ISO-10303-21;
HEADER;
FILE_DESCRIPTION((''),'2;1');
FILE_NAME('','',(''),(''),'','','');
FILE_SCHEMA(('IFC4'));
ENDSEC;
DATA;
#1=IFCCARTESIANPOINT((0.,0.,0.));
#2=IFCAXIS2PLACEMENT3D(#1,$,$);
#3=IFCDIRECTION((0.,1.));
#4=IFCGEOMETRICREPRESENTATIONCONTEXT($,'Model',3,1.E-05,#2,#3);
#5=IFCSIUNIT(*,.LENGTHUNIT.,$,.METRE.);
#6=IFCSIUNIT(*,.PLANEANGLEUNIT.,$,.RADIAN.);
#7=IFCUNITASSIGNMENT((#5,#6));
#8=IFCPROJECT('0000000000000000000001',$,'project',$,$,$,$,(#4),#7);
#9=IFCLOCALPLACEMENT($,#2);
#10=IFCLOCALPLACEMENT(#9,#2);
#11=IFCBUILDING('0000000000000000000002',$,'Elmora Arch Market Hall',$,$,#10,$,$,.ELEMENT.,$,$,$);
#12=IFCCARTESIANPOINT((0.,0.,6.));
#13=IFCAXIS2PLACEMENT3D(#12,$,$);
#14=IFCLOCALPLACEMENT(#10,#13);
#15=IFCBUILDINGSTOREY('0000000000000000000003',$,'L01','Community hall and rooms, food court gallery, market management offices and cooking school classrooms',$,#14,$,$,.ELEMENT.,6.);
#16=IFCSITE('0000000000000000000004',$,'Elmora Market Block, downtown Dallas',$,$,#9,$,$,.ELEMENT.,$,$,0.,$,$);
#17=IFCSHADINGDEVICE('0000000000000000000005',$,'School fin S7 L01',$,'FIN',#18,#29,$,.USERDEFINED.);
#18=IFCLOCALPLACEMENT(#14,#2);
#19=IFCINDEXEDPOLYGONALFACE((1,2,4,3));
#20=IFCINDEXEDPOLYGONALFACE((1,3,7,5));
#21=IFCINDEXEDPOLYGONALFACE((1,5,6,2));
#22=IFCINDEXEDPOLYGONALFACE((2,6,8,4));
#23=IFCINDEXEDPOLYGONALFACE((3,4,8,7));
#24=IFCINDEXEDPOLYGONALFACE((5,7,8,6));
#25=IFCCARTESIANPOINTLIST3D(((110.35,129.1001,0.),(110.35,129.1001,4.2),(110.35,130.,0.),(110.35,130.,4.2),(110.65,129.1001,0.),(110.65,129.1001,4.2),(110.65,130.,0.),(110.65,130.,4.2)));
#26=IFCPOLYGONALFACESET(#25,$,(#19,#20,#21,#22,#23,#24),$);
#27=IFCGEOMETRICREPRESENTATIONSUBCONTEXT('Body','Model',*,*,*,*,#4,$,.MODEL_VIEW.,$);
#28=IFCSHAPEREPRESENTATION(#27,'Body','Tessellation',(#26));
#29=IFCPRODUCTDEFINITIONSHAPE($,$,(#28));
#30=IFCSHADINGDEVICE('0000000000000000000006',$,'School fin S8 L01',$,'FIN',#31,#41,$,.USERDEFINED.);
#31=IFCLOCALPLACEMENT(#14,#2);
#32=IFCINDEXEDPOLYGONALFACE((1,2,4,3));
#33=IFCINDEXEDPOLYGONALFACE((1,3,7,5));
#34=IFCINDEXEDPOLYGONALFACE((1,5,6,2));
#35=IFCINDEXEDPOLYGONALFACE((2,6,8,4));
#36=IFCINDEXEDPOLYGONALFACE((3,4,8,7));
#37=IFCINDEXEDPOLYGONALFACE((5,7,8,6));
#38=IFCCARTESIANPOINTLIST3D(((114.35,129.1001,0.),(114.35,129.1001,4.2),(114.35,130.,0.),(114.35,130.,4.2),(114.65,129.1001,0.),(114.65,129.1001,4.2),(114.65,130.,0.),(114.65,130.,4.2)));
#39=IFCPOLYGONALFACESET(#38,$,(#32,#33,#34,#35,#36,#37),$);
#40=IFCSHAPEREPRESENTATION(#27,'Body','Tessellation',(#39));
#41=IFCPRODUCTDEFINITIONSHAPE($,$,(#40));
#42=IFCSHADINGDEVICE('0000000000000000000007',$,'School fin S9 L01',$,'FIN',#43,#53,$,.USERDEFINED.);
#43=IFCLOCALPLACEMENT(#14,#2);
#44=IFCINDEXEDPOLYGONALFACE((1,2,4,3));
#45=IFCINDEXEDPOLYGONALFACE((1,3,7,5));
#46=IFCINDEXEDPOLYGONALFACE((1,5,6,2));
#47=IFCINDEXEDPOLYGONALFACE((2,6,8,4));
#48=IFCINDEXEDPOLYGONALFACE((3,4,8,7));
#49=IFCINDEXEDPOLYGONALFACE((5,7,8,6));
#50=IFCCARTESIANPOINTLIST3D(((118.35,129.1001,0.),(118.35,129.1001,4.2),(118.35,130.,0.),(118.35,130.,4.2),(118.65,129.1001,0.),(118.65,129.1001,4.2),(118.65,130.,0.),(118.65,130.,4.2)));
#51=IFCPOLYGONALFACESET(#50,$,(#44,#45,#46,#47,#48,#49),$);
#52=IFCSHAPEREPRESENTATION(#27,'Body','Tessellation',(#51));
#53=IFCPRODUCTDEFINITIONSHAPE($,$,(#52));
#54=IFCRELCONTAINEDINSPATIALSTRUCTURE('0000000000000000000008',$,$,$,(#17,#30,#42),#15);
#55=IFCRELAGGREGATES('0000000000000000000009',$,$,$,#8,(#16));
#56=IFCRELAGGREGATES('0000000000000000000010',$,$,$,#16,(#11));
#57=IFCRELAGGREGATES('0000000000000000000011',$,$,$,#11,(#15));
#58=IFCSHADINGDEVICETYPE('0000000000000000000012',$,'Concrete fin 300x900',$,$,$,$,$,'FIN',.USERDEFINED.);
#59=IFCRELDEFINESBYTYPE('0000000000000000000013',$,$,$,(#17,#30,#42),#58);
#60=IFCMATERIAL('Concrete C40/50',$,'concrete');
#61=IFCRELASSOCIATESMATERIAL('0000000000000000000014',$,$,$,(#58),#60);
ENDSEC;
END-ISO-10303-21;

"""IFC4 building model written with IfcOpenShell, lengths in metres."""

from ifc_helpers import new_model, si_unit, direction, frame, origin, origin_2d, place, context, subcontext, project, spatial, rectangle, extrude, material, type_object, element, save


model = new_model("IFC4")

# Units and contexts
model_context = context("Model", 3, precision=1e-05, world=origin(), true_north=direction((0.0, 1.0)))
body_context = subcontext(model_context, "Body", "Model", "MODEL_VIEW")
ifc_project = project(units=[si_unit("LENGTHUNIT", "METRE"), si_unit("PLANEANGLEUNIT", "RADIAN")], contexts=[model_context])

# Site, building, storey
site_placement = place(None, origin())
site = spatial("IfcSite", under=ifc_project, at=site_placement, Name="Elmora Market Block, downtown Dallas", CompositionType="ELEMENT", RefElevation=0.0)
building_placement = place(site_placement, origin())
building = spatial("IfcBuilding", under=site, at=building_placement, Name="Elmora Arch Market Hall", CompositionType="ELEMENT")
storey_placement = place(building_placement, frame((0.0, 0.0, 6.0)))
storey = spatial("IfcBuildingStorey", under=building, at=storey_placement, Name="L01", Description="Community hall and rooms, food court gallery, market management offices and cooking school classrooms", CompositionType="ELEMENT", Elevation=6.0)

# Shading devices
ifc_material_1 = material(Name="Concrete C40/50", Category="concrete")
shading_device_type_1 = type_object("IfcShadingDeviceType", Name="Concrete fin 300x900", ElementType="FIN", PredefinedType="USERDEFINED", material=ifc_material_1)
for number, where, z_axis, x_axis, name in (
    (1, (110.5, 129.55, 0.0), (0.0, 0.0, 1.0), (1.0, 0.0, 0.0), "School fin S7 L01"),
    (2, (114.5, 129.55, 0.0), (0.0, 0.0, 1.0), (1.0, 0.0, 0.0), "School fin S8 L01"),
    (3, (118.5, 129.55, 0.0), (0.0, 0.0, 1.0), (1.0, 0.0, 0.0), "School fin S9 L01"),
):
    element("IfcShadingDevice", number, at=place(storey_placement, frame(where, z_axis=z_axis, x_axis=x_axis)), inside=storey, type_object=shading_device_type_1, Name=name, ObjectType="FIN", PredefinedType="USERDEFINED", context=body_context, shape_type="SweptSolid", body=[
        extrude(rectangle(XDim=0.3, YDim=0.8999, at=origin_2d()), origin(), (0.0, 0.0, 1.0), 4.2),
    ])

save(model, "model.ifc")
